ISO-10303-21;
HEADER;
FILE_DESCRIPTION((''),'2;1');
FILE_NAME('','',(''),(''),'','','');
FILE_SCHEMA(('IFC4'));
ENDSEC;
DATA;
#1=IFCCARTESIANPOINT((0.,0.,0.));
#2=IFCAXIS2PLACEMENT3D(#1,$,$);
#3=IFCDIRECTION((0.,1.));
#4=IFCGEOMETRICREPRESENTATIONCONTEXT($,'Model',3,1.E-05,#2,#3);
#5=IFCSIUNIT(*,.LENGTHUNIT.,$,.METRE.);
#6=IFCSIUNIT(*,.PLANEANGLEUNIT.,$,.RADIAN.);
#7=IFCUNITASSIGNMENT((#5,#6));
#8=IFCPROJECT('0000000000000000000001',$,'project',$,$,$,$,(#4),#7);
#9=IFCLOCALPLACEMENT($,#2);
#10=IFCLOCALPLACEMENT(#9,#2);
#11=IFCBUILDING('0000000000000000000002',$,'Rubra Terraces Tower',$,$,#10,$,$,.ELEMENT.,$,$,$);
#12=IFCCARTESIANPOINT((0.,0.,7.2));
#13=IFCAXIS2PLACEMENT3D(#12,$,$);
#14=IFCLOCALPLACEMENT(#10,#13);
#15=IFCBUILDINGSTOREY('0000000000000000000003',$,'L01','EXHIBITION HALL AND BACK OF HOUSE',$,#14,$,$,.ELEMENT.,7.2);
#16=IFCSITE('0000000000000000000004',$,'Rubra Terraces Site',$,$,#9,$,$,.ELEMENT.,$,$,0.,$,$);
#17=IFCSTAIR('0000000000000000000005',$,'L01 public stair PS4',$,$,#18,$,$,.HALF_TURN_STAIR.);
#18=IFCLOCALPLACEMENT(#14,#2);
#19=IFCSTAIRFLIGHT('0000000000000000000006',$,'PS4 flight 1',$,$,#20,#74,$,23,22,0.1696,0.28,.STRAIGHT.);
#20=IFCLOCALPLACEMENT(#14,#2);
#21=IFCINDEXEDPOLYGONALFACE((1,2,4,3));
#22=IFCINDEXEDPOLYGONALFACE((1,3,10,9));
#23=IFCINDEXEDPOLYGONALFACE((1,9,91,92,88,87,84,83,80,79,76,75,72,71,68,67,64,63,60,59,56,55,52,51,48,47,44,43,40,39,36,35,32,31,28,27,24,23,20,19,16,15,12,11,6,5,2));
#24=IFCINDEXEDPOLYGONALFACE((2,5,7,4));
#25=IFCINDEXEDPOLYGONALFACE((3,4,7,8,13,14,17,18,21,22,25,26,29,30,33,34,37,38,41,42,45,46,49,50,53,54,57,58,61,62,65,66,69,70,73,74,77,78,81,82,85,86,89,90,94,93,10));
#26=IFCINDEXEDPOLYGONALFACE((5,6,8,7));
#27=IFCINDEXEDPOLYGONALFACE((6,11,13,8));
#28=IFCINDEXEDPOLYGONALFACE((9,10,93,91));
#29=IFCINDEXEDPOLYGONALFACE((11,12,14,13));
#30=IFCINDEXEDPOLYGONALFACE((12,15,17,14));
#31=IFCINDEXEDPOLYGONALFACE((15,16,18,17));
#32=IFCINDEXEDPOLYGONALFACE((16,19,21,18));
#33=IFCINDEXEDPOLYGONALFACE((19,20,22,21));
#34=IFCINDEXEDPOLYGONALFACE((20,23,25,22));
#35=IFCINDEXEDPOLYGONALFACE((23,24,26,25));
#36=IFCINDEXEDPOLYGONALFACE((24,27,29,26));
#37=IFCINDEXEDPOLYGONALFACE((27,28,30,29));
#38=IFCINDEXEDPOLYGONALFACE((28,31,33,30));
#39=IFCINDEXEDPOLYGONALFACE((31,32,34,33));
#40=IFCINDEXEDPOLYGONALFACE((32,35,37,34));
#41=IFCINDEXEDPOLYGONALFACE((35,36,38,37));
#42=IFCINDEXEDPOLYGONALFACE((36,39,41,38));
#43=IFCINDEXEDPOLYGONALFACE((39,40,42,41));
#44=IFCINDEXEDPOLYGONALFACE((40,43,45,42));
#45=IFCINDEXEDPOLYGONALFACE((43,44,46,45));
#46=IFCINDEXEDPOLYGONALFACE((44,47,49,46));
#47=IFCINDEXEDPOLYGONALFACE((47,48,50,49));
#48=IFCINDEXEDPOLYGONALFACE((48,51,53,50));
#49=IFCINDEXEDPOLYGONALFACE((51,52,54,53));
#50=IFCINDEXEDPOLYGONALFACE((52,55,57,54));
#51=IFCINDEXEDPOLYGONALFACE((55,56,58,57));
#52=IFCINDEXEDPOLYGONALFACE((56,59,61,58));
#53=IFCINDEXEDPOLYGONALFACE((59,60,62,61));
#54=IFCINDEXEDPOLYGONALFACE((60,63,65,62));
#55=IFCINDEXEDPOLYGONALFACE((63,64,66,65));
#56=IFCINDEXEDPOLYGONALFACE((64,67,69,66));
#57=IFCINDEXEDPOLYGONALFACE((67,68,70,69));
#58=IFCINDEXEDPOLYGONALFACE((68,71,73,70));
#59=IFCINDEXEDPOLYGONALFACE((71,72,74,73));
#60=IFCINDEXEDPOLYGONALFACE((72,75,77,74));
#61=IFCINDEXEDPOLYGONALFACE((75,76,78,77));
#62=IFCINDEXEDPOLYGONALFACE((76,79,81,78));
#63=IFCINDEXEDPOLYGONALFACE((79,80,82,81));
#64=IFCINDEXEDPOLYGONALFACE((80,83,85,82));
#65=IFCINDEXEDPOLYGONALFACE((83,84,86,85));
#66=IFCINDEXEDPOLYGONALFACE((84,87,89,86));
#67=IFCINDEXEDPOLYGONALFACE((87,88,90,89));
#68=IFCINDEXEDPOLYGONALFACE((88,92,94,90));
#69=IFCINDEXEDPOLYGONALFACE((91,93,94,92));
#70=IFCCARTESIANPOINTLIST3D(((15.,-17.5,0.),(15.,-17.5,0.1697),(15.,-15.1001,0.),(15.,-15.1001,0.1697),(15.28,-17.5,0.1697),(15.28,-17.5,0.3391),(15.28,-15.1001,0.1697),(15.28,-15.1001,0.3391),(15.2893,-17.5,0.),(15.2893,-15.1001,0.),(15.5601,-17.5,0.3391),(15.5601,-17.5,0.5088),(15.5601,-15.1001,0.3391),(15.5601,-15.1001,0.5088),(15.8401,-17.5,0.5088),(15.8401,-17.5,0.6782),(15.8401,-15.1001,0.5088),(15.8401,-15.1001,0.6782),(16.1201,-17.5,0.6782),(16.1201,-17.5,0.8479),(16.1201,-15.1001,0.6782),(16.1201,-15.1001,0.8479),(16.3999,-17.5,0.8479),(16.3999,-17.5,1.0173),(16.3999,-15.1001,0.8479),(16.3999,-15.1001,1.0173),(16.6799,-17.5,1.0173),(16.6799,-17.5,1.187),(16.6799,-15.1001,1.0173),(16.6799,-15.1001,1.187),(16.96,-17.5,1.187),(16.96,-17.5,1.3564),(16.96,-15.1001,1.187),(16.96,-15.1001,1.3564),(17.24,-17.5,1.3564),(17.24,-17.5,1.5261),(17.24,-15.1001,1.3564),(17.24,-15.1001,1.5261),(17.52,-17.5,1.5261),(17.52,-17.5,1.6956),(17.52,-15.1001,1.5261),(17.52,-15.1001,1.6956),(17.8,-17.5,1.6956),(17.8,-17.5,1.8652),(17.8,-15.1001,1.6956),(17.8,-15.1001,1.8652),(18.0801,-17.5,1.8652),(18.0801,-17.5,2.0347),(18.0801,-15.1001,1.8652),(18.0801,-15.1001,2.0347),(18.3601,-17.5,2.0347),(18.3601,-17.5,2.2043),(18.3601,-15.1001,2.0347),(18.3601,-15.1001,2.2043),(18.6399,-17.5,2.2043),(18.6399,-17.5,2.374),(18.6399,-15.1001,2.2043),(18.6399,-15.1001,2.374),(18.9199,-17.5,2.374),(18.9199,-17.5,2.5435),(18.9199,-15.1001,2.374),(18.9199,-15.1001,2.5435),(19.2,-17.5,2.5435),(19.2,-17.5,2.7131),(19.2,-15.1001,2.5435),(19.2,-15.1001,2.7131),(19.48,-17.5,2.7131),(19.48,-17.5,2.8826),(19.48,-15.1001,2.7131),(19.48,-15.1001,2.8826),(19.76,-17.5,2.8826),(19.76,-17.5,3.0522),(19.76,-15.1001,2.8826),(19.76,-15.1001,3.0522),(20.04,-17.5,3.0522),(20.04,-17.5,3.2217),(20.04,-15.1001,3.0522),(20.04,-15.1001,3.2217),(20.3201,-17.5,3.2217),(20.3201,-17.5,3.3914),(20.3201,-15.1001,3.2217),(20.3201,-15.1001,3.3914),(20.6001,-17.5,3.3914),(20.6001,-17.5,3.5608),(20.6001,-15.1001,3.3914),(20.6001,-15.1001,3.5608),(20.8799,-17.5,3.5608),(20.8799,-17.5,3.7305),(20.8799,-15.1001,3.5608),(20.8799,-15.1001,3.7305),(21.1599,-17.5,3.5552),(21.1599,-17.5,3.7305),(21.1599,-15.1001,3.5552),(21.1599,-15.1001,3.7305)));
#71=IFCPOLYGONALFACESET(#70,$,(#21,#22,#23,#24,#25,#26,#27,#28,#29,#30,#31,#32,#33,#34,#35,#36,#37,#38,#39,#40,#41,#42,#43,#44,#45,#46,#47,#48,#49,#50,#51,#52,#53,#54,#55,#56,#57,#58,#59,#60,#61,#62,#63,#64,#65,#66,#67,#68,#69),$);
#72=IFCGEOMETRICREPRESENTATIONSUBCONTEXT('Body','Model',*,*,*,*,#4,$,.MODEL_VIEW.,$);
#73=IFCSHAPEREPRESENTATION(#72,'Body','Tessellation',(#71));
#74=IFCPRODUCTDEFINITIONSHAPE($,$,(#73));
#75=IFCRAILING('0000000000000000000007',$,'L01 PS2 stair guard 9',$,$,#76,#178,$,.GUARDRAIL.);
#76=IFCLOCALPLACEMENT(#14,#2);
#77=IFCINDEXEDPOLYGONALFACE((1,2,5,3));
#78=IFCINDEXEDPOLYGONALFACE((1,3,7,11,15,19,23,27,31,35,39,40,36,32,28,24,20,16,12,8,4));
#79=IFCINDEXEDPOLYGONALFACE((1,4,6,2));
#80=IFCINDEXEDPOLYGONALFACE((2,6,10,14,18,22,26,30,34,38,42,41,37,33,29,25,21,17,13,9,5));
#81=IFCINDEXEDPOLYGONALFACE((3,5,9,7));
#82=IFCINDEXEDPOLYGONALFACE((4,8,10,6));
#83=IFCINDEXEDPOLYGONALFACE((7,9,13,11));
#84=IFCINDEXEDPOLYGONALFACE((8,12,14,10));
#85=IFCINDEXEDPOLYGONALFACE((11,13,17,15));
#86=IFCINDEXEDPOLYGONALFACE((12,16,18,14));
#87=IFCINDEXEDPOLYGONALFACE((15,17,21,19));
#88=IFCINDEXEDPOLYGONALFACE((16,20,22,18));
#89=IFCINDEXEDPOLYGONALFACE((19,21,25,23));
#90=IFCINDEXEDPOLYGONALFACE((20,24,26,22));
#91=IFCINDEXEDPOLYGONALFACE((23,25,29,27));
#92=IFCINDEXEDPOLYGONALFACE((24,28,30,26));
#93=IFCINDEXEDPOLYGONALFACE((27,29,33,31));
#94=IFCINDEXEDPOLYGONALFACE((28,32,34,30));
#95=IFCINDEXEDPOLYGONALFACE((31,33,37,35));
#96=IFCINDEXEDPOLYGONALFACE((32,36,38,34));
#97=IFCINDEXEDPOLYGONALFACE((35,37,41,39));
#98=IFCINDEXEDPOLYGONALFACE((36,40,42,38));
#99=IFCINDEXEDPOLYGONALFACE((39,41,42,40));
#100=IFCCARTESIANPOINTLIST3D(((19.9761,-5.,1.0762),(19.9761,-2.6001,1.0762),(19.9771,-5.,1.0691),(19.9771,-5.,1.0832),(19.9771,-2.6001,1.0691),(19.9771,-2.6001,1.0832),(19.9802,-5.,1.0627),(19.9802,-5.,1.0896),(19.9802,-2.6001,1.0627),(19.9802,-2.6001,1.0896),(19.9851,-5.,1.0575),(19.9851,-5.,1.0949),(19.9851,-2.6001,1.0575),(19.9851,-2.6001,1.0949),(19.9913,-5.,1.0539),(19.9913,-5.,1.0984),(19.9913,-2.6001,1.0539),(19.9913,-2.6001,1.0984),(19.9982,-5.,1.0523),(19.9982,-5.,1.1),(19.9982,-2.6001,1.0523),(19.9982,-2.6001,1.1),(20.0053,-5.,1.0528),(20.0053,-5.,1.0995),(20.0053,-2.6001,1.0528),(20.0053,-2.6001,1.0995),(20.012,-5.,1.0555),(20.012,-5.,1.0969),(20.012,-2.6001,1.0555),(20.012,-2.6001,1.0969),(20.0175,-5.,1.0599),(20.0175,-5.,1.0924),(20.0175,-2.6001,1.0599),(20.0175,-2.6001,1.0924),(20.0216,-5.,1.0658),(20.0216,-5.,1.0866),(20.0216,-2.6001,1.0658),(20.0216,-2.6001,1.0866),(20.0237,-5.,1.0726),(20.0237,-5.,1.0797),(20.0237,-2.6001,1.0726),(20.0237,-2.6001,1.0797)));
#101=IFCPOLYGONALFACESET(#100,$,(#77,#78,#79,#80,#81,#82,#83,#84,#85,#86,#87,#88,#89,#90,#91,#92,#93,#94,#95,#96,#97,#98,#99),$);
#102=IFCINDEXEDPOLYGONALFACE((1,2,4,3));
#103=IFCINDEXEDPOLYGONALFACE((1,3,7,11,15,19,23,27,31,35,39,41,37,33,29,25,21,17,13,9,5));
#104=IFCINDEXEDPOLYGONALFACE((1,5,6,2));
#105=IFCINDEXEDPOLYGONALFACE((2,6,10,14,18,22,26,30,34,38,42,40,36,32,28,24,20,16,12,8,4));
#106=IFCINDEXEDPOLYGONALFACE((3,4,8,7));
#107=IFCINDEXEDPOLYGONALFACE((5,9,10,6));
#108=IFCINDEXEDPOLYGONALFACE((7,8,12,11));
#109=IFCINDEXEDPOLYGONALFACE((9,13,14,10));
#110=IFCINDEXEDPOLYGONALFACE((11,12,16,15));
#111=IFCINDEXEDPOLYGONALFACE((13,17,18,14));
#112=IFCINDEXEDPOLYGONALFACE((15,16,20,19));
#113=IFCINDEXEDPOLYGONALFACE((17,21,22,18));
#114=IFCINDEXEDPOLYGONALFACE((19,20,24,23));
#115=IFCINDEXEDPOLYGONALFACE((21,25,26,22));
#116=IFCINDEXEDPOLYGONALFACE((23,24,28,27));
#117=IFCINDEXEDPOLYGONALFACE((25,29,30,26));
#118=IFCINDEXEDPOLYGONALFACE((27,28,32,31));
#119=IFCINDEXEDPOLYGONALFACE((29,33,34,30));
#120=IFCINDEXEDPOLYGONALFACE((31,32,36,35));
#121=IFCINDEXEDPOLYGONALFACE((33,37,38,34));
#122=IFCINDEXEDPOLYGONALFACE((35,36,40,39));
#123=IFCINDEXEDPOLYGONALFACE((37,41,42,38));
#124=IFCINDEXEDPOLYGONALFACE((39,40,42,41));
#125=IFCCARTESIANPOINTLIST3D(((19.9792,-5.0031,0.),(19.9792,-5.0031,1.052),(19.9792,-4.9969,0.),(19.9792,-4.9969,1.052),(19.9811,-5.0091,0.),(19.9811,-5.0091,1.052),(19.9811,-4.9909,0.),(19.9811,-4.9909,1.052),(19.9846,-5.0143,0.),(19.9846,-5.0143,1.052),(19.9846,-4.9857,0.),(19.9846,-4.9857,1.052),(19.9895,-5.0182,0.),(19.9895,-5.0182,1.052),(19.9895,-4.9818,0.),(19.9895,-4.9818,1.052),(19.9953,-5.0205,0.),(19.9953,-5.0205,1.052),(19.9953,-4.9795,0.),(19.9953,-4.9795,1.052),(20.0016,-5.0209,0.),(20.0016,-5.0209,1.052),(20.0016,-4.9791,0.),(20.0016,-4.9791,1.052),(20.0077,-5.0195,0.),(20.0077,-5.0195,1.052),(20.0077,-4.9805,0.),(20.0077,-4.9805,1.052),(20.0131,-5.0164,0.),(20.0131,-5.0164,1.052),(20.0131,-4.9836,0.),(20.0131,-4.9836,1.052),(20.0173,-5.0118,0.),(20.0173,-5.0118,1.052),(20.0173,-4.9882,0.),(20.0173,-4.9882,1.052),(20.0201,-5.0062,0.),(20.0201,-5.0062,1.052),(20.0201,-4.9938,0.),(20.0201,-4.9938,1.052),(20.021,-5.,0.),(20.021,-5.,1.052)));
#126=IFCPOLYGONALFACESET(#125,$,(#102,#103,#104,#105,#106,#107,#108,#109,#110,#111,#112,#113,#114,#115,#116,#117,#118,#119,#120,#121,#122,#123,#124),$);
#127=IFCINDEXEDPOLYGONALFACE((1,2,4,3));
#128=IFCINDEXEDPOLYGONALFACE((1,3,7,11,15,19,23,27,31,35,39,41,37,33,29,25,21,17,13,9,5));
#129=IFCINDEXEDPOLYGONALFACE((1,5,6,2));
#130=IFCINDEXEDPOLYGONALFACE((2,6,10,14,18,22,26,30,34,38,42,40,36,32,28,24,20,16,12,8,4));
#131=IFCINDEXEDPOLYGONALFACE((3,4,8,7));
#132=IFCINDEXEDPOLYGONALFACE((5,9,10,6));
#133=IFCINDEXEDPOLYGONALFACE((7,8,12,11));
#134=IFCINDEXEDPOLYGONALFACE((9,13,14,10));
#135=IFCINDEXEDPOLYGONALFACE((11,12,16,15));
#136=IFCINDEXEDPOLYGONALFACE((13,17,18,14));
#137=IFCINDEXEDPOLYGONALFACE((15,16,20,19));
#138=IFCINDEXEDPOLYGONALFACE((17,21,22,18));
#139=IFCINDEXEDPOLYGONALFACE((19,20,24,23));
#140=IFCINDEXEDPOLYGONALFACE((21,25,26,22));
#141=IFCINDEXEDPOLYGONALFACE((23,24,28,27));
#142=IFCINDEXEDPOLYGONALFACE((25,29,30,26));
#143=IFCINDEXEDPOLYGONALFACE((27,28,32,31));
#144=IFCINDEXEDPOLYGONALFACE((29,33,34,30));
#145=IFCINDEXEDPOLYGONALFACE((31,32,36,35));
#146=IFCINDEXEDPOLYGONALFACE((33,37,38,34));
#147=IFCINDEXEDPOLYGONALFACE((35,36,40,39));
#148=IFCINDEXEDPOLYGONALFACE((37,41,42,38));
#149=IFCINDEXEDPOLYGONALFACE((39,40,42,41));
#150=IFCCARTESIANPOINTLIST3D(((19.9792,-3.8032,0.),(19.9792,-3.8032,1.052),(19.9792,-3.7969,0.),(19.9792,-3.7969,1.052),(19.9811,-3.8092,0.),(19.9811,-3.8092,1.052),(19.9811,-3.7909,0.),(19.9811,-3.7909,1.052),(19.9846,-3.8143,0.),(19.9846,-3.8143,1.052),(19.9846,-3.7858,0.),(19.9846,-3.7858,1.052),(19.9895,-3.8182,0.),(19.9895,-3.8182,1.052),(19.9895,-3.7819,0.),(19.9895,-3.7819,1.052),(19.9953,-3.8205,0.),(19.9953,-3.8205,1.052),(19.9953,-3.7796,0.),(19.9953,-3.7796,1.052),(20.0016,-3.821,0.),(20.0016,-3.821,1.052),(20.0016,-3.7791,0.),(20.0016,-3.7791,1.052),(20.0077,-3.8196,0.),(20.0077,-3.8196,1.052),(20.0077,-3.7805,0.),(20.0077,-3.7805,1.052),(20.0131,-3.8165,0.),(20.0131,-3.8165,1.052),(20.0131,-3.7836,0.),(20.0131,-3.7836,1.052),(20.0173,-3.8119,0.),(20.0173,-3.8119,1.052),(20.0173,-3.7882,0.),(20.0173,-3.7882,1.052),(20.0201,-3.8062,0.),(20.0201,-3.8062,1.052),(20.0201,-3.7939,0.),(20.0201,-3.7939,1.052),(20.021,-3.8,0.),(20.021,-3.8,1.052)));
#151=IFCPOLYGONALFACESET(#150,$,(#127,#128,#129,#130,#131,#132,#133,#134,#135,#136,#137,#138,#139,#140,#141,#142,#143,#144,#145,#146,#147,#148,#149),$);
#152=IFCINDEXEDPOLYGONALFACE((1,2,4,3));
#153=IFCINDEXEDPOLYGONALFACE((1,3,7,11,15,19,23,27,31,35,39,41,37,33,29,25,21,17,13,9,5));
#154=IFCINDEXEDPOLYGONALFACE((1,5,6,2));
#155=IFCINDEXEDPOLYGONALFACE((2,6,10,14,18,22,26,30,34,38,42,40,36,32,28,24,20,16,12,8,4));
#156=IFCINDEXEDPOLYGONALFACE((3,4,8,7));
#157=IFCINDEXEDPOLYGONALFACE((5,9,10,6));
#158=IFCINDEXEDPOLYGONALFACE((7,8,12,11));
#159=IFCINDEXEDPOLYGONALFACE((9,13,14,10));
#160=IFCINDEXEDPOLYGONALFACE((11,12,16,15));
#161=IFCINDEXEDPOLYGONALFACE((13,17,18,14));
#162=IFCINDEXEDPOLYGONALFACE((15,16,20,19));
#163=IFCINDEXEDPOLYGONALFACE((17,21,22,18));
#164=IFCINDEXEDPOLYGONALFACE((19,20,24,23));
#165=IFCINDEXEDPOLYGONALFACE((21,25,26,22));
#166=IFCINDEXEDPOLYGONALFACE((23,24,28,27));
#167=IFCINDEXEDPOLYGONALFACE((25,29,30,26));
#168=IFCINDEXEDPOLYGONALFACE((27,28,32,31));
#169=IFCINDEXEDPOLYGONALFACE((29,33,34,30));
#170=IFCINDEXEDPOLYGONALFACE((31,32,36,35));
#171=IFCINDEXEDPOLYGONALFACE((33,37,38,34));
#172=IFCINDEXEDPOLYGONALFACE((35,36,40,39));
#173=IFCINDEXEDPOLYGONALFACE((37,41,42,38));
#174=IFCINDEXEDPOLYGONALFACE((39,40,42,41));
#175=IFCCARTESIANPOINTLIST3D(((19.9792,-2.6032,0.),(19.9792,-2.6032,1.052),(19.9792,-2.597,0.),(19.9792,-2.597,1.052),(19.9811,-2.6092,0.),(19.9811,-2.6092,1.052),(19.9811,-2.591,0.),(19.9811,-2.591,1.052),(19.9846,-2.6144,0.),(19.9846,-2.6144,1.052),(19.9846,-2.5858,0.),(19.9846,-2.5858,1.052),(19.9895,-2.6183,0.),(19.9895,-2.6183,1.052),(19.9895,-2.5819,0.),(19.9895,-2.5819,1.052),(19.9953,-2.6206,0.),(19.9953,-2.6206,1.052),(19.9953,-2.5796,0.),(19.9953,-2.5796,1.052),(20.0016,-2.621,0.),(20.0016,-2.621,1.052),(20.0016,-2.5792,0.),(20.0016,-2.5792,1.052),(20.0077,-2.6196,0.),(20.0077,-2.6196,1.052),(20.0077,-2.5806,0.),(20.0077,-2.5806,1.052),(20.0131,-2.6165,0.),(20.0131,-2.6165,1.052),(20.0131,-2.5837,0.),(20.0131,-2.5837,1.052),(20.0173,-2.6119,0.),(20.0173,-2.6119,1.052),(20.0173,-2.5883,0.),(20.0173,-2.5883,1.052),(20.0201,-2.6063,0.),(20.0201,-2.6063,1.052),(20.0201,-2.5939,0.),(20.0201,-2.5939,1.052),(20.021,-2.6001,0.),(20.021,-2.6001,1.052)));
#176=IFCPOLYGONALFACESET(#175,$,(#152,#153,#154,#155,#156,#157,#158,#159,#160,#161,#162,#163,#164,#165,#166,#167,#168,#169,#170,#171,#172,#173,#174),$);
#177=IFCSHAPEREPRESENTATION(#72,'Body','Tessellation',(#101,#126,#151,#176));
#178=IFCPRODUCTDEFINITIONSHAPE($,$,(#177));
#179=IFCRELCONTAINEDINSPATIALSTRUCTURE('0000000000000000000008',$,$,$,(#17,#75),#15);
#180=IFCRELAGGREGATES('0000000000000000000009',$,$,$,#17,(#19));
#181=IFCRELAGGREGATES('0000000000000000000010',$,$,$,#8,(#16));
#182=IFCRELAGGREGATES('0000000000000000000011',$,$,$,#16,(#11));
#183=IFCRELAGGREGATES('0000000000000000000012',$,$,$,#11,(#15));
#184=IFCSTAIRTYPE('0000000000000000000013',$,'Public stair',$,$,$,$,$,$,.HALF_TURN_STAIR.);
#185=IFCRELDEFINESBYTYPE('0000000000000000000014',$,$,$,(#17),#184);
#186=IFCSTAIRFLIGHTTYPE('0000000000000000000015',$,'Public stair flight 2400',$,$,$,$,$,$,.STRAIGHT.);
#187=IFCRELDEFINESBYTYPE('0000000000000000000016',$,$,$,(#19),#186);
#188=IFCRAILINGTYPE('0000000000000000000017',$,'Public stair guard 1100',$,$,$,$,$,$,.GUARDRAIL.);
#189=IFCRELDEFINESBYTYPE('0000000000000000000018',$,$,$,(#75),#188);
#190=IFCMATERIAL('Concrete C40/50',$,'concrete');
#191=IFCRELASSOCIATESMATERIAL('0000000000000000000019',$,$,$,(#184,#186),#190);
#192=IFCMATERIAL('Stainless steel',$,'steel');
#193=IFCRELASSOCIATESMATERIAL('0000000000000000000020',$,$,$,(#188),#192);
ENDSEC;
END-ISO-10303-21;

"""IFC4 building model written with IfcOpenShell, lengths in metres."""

from ifc_helpers import new_model, si_unit, direction, frame, origin, origin_2d, place, context, subcontext, project, spatial, polyline, circle, outline, extrude, material, type_object, element, aggregate, save


model = new_model("IFC4")

# Units and contexts
model_context = context("Model", 3, precision=1e-05, world=origin(), true_north=direction((0.0, 1.0)))
body_context = subcontext(model_context, "Body", "Model", "MODEL_VIEW")
ifc_project = project(units=[si_unit("LENGTHUNIT", "METRE"), si_unit("PLANEANGLEUNIT", "RADIAN")], contexts=[model_context])

# Site, building, storey
site_placement = place(None, origin())
site = spatial("IfcSite", under=ifc_project, at=site_placement, Name="Rubra Terraces Site", CompositionType="ELEMENT", RefElevation=0.0)
building_placement = place(site_placement, origin())
building = spatial("IfcBuilding", under=site, at=building_placement, Name="Rubra Terraces Tower", CompositionType="ELEMENT")
storey_placement = place(building_placement, frame((0.0, 0.0, 7.2)))
storey = spatial("IfcBuildingStorey", under=building, at=storey_placement, Name="L01", Description="EXHIBITION HALL AND BACK OF HOUSE", CompositionType="ELEMENT", Elevation=7.2)

# Shared definitions
ifc_material_1 = material(Name="Concrete C40/50", Category="concrete")

# Stair, stair flight
stair_type = type_object("IfcStairType", Name="Public stair", PredefinedType="HALF_TURN_STAIR", material=ifc_material_1)
stair_placement = place(storey_placement, origin())
stair = element("IfcStair", 1, at=stair_placement, inside=storey, type_object=stair_type, Name="L01 public stair PS4", PredefinedType="HALF_TURN_STAIR")
stair_flight_type = type_object("IfcStairFlightType", Name="Public stair flight 2400", PredefinedType="STRAIGHT", material=ifc_material_1)
stair_flight_placement = place(storey_placement, frame((15.0, -16.3, 0.0), z_axis=(0.0, 0.0, 1.0), x_axis=(1.0, 0.0, 0.0)))
stair_flight = element("IfcStairFlight", 2, at=stair_flight_placement, type_object=stair_flight_type, Name="PS4 flight 1", NumberOfRisers=23, NumberOfTreads=22, PredefinedType="STRAIGHT", RiserHeight=0.1696, TreadLength=0.28, context=body_context, shape_type="SweptSolid", body=[
    extrude(outline(polyline([(0.0, 0.0), (0.0, 0.1697), (0.28, 0.1697), (0.28, 0.3391), (0.5601, 0.3391), (0.5601, 0.5088), (0.8401, 0.5088), (0.8401, 0.6782), (1.1201, 0.6782), (1.1201, 0.8479), (1.3999, 0.8479), (1.3999, 1.0173), (1.6799, 1.0173), (1.6799, 1.187), (1.96, 1.187), (1.96, 1.3564), (2.24, 1.3564), (2.24, 1.5261), (2.52, 1.5261), (2.52, 1.6956), (2.8, 1.6956), (2.8, 1.8652), (3.0801, 1.8652), (3.0801, 2.0347), (3.3601, 2.0347), (3.3601, 2.2043), (3.6399, 2.2043), (3.6399, 2.374), (3.9199, 2.374), (3.9199, 2.5435), (4.2, 2.5435), (4.2, 2.7131), (4.48, 2.7131), (4.48, 2.8826), (4.76, 2.8826), (4.76, 3.0522), (5.04, 3.0522), (5.04, 3.2217), (5.3201, 3.2217), (5.3201, 3.3914), (5.6001, 3.3914), (5.6001, 3.5608), (5.8799, 3.5608), (5.8799, 3.7305), (6.1599, 3.7305), (6.1599, 3.8999), (6.1599, 3.5552), (0.2893, 0.0), (0.0, 0.0)])), frame((0.0, 1.2, 0.0), z_axis=(0.0, -1.0, 0.0), x_axis=(1.0, 0.0, 0.0)), (0.0, 0.0, 1.0), 2.3999),
])
aggregate(stair, [stair_flight])

# Railing
ifc_material_2 = material(Name="Stainless steel", Category="steel")
railing_type_1 = type_object("IfcRailingType", Name="Public stair guard 1100", PredefinedType="GUARDRAIL", material=ifc_material_2)
railing_1_placement = place(storey_placement, frame((20.0, -5.0, 0.0)))
element("IfcRailing", 3, at=railing_1_placement, inside=storey, type_object=railing_type_1, Name="L01 PS2 stair guard 9", PredefinedType="GUARDRAIL", context=body_context, shape_type="SweptSolid", body=[
    extrude(circle(Radius=0.0239, at=origin_2d()), frame((0.0, 0.0, 1.0762), z_axis=(0.0, 1.0, 0.0), x_axis=(-1.0, 0.0, 0.0)), (0.0, 0.0, 1.0), 2.3999),
    extrude(circle(Radius=0.021, at=origin_2d()), origin(), (0.0, 0.0, 1.0), 1.052),
    extrude(circle(Radius=0.021, at=origin_2d()), frame((0.0, 1.2, 0.0)), (0.0, 0.0, 1.0), 1.052),
    extrude(circle(Radius=0.021, at=origin_2d()), frame((0.0, 2.3999, 0.0)), (0.0, 0.0, 1.0), 1.052),
])

save(model, "model.ifc")
